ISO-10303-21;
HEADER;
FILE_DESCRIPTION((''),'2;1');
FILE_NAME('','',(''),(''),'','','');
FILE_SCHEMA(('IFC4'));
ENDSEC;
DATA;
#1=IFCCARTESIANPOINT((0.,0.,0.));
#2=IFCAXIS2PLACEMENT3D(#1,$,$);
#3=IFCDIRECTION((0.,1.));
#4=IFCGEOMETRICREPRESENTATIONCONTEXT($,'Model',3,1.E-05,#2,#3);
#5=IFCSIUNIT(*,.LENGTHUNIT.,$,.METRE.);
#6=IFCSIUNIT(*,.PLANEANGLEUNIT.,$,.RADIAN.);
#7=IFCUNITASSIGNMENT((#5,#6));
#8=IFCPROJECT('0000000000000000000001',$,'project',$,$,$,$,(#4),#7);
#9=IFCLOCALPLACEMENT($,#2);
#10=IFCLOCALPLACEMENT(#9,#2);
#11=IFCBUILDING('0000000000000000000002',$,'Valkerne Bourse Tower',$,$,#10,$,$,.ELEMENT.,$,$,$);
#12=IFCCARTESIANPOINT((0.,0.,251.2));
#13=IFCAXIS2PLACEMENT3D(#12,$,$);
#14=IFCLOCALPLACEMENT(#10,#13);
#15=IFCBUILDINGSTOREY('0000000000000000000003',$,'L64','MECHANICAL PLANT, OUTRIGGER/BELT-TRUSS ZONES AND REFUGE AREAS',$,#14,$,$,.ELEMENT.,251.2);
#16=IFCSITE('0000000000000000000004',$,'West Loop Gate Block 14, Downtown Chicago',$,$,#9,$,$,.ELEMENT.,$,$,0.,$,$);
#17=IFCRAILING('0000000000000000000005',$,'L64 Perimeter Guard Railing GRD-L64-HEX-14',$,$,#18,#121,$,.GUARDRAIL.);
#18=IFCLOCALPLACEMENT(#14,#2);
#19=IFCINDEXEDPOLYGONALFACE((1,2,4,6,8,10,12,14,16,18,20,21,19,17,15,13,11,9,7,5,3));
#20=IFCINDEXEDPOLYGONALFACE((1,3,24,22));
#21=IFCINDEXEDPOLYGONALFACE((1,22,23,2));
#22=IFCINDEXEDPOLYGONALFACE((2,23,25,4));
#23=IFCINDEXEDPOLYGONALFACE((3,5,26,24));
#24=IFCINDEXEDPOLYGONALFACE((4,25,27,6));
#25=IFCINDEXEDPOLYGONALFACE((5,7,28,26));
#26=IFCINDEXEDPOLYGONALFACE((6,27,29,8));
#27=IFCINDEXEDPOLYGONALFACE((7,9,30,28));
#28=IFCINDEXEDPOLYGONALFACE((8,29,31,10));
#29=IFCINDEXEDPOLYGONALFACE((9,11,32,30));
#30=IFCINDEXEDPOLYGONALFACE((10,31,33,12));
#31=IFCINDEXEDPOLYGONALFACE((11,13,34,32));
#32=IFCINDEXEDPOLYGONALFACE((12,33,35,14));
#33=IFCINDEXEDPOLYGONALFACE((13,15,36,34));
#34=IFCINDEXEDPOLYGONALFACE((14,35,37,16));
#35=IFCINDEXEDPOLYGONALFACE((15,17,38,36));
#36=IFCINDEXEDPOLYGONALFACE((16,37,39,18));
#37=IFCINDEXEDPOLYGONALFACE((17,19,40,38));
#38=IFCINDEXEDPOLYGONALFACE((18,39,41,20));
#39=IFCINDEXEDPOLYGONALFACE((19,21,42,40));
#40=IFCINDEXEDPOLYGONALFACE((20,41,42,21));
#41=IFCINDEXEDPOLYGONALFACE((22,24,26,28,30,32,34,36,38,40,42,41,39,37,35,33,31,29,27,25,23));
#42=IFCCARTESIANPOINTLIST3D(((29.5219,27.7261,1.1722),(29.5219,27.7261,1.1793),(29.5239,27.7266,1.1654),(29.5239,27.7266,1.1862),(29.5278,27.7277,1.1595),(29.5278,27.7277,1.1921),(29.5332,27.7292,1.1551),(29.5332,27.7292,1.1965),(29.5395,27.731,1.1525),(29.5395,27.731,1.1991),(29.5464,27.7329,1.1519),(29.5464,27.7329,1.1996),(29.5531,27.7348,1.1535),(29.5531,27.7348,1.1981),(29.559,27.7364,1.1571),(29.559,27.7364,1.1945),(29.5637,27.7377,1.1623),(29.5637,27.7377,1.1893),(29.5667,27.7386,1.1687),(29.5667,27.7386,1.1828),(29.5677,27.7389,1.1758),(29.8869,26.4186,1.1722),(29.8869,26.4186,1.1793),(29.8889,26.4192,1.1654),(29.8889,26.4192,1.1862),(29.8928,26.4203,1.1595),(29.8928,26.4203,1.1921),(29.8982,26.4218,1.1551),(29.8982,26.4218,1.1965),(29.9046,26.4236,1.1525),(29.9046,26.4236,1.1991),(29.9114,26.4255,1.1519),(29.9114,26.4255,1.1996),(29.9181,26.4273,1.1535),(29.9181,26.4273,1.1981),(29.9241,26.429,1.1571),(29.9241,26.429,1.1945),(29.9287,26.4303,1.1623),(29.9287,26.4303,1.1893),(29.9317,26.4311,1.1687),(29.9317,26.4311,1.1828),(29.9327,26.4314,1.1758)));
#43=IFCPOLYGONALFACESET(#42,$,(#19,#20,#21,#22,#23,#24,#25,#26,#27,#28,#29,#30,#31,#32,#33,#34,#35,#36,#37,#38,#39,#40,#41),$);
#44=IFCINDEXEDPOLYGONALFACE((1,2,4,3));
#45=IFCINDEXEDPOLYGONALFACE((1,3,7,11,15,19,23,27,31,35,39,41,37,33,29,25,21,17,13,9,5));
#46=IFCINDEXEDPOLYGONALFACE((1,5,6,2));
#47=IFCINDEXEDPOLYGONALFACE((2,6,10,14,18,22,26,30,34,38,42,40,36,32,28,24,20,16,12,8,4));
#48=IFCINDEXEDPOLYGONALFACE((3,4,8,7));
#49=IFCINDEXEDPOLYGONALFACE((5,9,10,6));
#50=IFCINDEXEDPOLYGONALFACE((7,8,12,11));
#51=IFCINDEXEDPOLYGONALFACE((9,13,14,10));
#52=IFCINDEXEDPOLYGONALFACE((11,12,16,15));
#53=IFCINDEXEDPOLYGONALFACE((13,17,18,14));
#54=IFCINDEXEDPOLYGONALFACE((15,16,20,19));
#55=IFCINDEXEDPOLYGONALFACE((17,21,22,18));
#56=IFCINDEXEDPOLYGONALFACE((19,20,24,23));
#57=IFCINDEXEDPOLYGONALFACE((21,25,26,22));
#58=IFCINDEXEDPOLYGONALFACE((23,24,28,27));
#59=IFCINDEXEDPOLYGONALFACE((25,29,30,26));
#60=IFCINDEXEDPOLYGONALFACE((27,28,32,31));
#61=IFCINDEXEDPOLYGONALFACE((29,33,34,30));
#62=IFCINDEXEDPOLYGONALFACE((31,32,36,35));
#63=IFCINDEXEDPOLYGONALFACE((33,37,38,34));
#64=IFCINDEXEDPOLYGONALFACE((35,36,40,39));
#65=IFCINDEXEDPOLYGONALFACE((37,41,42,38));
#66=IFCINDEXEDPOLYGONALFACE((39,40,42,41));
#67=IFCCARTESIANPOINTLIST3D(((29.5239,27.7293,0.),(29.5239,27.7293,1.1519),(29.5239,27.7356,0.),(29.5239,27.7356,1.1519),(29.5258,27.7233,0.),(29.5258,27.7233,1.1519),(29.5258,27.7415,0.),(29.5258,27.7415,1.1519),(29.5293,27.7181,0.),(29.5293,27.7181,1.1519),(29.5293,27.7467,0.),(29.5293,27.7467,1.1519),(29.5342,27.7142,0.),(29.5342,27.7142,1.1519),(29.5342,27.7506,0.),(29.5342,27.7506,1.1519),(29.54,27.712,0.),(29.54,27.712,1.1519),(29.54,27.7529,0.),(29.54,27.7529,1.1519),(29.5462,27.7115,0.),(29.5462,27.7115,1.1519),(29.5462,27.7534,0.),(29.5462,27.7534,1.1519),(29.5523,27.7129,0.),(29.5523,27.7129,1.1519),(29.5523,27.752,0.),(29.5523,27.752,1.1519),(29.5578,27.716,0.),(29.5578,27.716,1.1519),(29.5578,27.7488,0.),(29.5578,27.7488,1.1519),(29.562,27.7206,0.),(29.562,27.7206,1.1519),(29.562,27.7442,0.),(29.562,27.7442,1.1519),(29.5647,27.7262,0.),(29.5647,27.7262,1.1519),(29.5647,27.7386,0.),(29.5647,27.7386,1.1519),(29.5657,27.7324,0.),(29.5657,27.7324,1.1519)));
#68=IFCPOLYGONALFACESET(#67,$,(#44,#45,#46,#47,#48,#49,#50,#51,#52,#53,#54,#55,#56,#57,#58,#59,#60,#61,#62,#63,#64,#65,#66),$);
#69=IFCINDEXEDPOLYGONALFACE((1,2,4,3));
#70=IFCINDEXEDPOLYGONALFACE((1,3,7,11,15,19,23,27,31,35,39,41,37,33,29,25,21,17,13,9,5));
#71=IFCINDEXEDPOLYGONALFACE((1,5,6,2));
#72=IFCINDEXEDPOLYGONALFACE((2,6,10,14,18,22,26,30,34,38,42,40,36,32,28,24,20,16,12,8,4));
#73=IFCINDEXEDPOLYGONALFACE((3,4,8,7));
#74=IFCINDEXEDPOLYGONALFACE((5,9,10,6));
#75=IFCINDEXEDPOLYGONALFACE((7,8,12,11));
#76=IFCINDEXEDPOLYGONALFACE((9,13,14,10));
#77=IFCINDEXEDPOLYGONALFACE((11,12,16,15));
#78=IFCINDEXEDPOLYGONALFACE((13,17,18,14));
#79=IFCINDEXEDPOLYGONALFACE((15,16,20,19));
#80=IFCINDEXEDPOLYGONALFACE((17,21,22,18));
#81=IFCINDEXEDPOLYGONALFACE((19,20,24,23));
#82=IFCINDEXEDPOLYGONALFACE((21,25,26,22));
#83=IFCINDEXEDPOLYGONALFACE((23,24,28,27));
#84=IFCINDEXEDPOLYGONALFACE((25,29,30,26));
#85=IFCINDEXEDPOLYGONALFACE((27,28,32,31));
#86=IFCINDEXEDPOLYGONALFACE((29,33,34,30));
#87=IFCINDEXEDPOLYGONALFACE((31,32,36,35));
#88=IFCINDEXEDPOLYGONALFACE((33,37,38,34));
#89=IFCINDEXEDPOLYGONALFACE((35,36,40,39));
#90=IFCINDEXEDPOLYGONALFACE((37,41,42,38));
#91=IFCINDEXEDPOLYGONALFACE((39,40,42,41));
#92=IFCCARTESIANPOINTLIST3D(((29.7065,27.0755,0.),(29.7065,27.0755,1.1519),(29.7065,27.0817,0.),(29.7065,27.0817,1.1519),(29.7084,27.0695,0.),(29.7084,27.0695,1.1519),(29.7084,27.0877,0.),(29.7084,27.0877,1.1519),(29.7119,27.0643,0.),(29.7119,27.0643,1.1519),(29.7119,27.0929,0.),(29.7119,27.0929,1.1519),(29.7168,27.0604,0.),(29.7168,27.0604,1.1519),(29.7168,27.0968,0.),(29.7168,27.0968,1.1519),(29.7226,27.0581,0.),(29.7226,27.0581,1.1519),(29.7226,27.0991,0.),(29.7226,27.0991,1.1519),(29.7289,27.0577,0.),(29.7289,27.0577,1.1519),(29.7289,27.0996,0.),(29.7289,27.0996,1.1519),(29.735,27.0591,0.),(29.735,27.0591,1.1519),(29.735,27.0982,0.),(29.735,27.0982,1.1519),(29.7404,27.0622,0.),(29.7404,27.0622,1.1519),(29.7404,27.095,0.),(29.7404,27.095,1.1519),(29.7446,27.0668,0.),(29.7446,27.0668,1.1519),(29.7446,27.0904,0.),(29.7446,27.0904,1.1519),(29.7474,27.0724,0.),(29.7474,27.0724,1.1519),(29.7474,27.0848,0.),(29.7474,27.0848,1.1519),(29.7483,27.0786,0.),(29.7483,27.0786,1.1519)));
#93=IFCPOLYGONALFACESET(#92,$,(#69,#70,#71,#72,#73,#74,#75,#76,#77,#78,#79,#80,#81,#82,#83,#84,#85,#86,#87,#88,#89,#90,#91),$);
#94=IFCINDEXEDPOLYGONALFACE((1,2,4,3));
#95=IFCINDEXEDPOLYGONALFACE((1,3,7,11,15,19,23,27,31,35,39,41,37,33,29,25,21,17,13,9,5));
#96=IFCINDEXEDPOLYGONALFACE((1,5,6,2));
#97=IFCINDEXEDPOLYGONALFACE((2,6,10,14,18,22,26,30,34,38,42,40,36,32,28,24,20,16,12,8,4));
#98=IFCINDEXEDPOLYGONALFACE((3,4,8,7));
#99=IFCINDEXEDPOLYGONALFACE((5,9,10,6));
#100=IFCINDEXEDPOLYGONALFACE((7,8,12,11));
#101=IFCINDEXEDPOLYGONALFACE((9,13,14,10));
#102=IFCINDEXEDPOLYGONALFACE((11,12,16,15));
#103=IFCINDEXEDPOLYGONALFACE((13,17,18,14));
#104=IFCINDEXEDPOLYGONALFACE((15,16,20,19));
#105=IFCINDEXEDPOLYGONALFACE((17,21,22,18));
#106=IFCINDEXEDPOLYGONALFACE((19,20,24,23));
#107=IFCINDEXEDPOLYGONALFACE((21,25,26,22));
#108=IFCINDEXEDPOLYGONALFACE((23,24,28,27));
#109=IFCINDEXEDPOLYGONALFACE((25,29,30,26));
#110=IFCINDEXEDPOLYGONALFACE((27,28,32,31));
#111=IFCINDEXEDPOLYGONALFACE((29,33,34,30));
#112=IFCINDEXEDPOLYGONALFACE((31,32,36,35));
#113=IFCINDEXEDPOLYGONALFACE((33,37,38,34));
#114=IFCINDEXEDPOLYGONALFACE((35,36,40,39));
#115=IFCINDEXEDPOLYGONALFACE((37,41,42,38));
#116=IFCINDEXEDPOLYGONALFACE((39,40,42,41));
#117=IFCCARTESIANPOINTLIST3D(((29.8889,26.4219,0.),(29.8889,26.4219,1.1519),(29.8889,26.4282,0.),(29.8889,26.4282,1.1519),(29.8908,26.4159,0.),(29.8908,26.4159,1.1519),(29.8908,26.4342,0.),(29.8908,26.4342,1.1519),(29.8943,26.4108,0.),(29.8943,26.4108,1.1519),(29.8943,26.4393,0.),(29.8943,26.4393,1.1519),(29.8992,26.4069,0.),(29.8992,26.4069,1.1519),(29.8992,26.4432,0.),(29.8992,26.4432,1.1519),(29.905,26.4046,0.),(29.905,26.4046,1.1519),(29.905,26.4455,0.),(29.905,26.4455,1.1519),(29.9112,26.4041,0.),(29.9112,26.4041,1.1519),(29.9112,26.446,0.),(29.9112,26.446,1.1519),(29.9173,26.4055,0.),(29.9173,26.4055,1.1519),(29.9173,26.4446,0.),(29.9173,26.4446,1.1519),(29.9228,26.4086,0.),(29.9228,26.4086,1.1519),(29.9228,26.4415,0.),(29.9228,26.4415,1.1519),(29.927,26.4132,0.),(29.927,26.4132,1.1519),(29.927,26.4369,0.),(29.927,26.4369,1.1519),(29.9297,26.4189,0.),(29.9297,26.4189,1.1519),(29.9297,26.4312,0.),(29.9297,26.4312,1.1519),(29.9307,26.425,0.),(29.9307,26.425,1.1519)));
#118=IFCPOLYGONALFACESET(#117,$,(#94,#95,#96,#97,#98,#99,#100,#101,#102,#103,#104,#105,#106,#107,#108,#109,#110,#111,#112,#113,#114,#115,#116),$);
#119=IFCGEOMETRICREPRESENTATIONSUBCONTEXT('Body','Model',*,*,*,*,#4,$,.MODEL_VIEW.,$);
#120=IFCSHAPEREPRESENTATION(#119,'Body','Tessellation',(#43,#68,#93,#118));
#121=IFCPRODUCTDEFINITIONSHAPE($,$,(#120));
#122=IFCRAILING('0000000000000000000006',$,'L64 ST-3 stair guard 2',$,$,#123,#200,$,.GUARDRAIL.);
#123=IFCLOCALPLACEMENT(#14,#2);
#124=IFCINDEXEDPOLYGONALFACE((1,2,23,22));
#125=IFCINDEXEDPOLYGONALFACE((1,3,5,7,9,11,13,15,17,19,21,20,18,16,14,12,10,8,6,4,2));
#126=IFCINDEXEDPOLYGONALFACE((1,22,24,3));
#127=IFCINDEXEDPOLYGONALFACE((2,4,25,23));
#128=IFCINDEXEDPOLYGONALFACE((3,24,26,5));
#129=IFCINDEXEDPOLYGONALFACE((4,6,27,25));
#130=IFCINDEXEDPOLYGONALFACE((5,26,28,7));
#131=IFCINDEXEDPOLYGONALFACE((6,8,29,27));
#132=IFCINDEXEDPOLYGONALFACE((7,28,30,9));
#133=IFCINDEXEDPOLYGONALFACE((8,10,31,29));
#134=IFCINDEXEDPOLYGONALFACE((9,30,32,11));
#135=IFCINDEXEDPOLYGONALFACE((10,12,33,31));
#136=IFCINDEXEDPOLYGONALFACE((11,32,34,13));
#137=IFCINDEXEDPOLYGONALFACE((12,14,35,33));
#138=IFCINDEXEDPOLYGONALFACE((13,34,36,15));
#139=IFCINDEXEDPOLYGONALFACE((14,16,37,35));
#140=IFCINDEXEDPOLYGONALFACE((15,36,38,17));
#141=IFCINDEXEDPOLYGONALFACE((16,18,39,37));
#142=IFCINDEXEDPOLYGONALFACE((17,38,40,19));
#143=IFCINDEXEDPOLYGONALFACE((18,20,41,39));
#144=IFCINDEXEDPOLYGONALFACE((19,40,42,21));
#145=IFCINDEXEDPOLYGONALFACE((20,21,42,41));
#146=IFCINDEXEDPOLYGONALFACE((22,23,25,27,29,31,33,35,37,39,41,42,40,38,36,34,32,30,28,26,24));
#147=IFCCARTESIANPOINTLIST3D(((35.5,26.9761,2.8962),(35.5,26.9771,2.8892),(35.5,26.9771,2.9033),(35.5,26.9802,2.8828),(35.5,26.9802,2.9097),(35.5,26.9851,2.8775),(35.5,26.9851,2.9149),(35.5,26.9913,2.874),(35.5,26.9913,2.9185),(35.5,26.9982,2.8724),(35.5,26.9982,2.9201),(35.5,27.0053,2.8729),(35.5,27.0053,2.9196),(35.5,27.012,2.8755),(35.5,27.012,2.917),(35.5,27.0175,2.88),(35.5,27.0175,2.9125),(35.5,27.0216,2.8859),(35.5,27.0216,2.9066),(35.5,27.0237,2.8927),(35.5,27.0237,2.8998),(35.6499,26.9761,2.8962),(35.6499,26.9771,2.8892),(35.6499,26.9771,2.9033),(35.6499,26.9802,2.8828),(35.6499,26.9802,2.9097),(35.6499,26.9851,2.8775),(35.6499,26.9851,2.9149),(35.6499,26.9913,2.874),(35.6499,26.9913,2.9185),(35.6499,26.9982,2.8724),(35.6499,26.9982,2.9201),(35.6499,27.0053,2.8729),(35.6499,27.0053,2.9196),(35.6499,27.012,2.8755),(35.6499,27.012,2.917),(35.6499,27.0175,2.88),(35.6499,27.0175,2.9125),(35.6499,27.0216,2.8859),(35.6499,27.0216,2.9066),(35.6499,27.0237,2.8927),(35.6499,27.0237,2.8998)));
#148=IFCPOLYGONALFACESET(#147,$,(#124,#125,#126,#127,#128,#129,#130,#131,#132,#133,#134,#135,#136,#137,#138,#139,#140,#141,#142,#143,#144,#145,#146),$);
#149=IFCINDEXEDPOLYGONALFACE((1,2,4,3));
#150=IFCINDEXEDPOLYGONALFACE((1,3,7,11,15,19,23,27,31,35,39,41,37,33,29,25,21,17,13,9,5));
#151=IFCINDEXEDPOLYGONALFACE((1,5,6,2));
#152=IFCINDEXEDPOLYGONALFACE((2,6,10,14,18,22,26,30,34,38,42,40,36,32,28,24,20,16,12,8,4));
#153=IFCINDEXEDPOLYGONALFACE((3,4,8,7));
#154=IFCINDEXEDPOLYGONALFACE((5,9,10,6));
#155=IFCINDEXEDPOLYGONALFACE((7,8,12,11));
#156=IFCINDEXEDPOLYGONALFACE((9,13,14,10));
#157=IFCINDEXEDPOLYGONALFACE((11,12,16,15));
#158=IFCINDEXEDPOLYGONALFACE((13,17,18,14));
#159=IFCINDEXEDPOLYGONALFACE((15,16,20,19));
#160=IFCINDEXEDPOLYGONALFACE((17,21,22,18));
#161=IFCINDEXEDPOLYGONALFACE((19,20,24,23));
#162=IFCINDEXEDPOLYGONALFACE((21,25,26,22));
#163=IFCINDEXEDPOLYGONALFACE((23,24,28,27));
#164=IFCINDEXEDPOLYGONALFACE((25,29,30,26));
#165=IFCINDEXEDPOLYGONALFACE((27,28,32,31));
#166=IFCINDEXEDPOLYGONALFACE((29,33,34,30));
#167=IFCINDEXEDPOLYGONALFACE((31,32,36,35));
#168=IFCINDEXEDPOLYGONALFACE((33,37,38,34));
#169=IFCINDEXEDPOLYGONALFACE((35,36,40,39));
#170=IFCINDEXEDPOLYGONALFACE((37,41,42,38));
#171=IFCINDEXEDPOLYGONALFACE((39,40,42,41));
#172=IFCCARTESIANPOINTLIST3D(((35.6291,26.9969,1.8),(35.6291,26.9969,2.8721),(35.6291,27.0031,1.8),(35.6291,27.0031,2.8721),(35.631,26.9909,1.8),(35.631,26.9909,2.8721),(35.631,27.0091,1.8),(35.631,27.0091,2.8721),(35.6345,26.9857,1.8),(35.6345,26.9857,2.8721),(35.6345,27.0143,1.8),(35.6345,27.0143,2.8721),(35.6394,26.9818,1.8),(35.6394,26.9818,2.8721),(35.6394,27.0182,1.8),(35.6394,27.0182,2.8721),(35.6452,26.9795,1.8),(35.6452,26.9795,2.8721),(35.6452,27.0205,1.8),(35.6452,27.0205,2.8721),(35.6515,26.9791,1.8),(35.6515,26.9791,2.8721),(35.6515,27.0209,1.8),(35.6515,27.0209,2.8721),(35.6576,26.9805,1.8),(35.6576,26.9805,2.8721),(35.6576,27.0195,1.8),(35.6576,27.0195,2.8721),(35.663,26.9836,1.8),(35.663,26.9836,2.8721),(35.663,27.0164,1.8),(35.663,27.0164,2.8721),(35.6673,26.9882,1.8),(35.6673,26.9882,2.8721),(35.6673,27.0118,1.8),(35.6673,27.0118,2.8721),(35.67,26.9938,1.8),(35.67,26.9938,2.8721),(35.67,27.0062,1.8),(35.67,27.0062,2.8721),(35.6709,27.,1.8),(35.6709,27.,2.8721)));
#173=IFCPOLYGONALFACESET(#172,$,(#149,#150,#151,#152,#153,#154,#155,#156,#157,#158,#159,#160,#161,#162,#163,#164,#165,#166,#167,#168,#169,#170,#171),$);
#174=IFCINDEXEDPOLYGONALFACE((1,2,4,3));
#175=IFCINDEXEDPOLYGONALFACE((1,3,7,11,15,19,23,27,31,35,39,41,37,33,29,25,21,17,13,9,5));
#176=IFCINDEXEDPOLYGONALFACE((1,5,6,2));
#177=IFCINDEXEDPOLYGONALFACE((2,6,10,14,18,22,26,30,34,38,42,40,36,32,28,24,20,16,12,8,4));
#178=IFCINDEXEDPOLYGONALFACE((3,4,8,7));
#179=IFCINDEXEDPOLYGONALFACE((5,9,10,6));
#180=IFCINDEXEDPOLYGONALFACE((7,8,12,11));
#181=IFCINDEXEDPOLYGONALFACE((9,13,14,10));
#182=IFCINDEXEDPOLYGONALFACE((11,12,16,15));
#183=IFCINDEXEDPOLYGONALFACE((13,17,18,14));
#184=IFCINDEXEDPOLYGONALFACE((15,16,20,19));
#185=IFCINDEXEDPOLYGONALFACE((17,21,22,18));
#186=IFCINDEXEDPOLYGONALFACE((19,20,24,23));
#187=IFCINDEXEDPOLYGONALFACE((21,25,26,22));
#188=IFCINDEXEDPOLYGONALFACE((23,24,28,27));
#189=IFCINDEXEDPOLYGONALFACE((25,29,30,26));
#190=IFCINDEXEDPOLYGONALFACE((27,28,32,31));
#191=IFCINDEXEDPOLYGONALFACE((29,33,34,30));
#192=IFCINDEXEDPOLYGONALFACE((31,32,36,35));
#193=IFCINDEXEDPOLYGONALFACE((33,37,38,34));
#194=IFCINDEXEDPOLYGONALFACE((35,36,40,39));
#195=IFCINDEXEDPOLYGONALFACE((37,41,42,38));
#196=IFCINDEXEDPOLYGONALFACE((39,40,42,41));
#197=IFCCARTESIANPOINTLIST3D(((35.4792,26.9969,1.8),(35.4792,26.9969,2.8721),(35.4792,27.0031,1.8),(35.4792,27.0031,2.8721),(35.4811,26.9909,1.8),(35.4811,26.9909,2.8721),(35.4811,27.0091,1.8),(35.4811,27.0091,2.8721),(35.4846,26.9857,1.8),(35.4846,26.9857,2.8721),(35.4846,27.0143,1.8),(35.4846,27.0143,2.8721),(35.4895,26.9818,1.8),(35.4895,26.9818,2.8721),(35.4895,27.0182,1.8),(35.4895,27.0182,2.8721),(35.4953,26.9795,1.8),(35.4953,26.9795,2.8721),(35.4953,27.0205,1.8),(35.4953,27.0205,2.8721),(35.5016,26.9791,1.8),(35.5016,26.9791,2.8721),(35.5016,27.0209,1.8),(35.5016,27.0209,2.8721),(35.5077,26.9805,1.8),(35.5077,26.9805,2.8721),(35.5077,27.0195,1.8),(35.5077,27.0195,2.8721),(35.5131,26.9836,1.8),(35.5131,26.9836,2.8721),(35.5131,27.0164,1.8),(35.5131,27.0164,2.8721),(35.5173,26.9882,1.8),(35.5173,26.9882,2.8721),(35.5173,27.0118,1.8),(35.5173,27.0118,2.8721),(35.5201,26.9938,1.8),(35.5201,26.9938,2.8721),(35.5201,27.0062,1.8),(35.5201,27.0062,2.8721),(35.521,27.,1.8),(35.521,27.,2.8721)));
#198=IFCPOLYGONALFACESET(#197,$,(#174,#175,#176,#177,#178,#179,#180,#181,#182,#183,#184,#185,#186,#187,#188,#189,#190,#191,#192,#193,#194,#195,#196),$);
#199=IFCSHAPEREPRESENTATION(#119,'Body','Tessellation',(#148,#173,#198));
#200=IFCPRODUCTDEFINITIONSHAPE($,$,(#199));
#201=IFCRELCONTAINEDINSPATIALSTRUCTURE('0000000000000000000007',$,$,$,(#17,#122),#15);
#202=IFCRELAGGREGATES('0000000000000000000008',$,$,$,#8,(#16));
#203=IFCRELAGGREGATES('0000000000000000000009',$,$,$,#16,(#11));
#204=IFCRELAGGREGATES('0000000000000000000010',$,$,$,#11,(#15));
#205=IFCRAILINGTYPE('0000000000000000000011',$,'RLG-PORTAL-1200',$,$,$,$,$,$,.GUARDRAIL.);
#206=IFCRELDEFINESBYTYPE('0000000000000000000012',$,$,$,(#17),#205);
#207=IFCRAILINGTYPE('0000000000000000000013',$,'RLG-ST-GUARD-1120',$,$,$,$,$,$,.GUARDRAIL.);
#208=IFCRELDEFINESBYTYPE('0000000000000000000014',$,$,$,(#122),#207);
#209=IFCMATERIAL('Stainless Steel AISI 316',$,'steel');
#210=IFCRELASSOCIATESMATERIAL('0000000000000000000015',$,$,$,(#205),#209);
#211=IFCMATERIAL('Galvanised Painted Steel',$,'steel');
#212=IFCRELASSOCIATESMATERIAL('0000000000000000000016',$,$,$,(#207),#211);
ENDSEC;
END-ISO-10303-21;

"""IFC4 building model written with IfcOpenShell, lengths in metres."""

from ifc_helpers import new_model, si_unit, direction, frame, origin, origin_2d, place, context, subcontext, project, spatial, circle, extrude, material, type_object, element, save


model = new_model("IFC4")

# Units and contexts
model_context = context("Model", 3, precision=1e-05, world=origin(), true_north=direction((0.0, 1.0)))
body_context = subcontext(model_context, "Body", "Model", "MODEL_VIEW")
ifc_project = project(units=[si_unit("LENGTHUNIT", "METRE"), si_unit("PLANEANGLEUNIT", "RADIAN")], contexts=[model_context])

# Site, building, storey
site_placement = place(None, origin())
site = spatial("IfcSite", under=ifc_project, at=site_placement, Name="West Loop Gate Block 14, Downtown Chicago", CompositionType="ELEMENT", RefElevation=0.0)
building_placement = place(site_placement, origin())
building = spatial("IfcBuilding", under=site, at=building_placement, Name="Valkerne Bourse Tower", CompositionType="ELEMENT")
storey_placement = place(building_placement, frame((0.0, 0.0, 251.2)))
storey = spatial("IfcBuildingStorey", under=building, at=storey_placement, Name="L64", Description="MECHANICAL PLANT, OUTRIGGER/BELT-TRUSS ZONES AND REFUGE AREAS", CompositionType="ELEMENT", Elevation=251.2)

# Railings
ifc_material_1 = material(Name="Stainless Steel AISI 316", Category="steel")
railing_type_1 = type_object("IfcRailingType", Name="RLG-PORTAL-1200", PredefinedType="GUARDRAIL", material=ifc_material_1)
railing_1_placement = place(storey_placement, frame((29.5447, 27.7324, 0.0)))
element("IfcRailing", 1, at=railing_1_placement, inside=storey, type_object=railing_type_1, Name="L64 Perimeter Guard Railing GRD-L64-HEX-14", PredefinedType="GUARDRAIL", context=body_context, shape_type="SweptSolid", body=[
    extrude(circle(Radius=0.0239, at=origin_2d()), frame((0.0, 0.0, 1.1758), z_axis=(0.268896, -0.963169, 0.0), x_axis=(0.963169, 0.268896, 0.0)), (0.0, 0.0, 1.0), 1.3574),
    extrude(circle(Radius=0.021, at=origin_2d()), origin(), (0.0, 0.0, 1.0), 1.1519),
    extrude(circle(Radius=0.021, at=origin_2d()), frame((0.1826, -0.6538, 0.0)), (0.0, 0.0, 1.0), 1.1519),
    extrude(circle(Radius=0.021, at=origin_2d()), frame((0.365, -1.3074, 0.0)), (0.0, 0.0, 1.0), 1.1519),
])
ifc_material_2 = material(Name="Galvanised Painted Steel", Category="steel")
railing_type_2 = type_object("IfcRailingType", Name="RLG-ST-GUARD-1120", PredefinedType="GUARDRAIL", material=ifc_material_2)
railing_2_placement = place(storey_placement, frame((35.6499, 27.0, 1.8)))
element("IfcRailing", 2, at=railing_2_placement, inside=storey, type_object=railing_type_2, Name="L64 ST-3 stair guard 2", PredefinedType="GUARDRAIL", context=body_context, shape_type="SweptSolid", body=[
    extrude(circle(Radius=0.0239, at=origin_2d()), frame((0.0, 0.0, 1.0962), z_axis=(-1.0, 0.0, 0.0), x_axis=(0.0, -1.0, 0.0)), (0.0, 0.0, 1.0), 0.1499),
    extrude(circle(Radius=0.021, at=origin_2d()), origin(), (0.0, 0.0, 1.0), 1.072),
    extrude(circle(Radius=0.021, at=origin_2d()), frame((-0.1499, 0.0, 0.0)), (0.0, 0.0, 1.0), 1.072),
])

save(model, "model.ifc")
